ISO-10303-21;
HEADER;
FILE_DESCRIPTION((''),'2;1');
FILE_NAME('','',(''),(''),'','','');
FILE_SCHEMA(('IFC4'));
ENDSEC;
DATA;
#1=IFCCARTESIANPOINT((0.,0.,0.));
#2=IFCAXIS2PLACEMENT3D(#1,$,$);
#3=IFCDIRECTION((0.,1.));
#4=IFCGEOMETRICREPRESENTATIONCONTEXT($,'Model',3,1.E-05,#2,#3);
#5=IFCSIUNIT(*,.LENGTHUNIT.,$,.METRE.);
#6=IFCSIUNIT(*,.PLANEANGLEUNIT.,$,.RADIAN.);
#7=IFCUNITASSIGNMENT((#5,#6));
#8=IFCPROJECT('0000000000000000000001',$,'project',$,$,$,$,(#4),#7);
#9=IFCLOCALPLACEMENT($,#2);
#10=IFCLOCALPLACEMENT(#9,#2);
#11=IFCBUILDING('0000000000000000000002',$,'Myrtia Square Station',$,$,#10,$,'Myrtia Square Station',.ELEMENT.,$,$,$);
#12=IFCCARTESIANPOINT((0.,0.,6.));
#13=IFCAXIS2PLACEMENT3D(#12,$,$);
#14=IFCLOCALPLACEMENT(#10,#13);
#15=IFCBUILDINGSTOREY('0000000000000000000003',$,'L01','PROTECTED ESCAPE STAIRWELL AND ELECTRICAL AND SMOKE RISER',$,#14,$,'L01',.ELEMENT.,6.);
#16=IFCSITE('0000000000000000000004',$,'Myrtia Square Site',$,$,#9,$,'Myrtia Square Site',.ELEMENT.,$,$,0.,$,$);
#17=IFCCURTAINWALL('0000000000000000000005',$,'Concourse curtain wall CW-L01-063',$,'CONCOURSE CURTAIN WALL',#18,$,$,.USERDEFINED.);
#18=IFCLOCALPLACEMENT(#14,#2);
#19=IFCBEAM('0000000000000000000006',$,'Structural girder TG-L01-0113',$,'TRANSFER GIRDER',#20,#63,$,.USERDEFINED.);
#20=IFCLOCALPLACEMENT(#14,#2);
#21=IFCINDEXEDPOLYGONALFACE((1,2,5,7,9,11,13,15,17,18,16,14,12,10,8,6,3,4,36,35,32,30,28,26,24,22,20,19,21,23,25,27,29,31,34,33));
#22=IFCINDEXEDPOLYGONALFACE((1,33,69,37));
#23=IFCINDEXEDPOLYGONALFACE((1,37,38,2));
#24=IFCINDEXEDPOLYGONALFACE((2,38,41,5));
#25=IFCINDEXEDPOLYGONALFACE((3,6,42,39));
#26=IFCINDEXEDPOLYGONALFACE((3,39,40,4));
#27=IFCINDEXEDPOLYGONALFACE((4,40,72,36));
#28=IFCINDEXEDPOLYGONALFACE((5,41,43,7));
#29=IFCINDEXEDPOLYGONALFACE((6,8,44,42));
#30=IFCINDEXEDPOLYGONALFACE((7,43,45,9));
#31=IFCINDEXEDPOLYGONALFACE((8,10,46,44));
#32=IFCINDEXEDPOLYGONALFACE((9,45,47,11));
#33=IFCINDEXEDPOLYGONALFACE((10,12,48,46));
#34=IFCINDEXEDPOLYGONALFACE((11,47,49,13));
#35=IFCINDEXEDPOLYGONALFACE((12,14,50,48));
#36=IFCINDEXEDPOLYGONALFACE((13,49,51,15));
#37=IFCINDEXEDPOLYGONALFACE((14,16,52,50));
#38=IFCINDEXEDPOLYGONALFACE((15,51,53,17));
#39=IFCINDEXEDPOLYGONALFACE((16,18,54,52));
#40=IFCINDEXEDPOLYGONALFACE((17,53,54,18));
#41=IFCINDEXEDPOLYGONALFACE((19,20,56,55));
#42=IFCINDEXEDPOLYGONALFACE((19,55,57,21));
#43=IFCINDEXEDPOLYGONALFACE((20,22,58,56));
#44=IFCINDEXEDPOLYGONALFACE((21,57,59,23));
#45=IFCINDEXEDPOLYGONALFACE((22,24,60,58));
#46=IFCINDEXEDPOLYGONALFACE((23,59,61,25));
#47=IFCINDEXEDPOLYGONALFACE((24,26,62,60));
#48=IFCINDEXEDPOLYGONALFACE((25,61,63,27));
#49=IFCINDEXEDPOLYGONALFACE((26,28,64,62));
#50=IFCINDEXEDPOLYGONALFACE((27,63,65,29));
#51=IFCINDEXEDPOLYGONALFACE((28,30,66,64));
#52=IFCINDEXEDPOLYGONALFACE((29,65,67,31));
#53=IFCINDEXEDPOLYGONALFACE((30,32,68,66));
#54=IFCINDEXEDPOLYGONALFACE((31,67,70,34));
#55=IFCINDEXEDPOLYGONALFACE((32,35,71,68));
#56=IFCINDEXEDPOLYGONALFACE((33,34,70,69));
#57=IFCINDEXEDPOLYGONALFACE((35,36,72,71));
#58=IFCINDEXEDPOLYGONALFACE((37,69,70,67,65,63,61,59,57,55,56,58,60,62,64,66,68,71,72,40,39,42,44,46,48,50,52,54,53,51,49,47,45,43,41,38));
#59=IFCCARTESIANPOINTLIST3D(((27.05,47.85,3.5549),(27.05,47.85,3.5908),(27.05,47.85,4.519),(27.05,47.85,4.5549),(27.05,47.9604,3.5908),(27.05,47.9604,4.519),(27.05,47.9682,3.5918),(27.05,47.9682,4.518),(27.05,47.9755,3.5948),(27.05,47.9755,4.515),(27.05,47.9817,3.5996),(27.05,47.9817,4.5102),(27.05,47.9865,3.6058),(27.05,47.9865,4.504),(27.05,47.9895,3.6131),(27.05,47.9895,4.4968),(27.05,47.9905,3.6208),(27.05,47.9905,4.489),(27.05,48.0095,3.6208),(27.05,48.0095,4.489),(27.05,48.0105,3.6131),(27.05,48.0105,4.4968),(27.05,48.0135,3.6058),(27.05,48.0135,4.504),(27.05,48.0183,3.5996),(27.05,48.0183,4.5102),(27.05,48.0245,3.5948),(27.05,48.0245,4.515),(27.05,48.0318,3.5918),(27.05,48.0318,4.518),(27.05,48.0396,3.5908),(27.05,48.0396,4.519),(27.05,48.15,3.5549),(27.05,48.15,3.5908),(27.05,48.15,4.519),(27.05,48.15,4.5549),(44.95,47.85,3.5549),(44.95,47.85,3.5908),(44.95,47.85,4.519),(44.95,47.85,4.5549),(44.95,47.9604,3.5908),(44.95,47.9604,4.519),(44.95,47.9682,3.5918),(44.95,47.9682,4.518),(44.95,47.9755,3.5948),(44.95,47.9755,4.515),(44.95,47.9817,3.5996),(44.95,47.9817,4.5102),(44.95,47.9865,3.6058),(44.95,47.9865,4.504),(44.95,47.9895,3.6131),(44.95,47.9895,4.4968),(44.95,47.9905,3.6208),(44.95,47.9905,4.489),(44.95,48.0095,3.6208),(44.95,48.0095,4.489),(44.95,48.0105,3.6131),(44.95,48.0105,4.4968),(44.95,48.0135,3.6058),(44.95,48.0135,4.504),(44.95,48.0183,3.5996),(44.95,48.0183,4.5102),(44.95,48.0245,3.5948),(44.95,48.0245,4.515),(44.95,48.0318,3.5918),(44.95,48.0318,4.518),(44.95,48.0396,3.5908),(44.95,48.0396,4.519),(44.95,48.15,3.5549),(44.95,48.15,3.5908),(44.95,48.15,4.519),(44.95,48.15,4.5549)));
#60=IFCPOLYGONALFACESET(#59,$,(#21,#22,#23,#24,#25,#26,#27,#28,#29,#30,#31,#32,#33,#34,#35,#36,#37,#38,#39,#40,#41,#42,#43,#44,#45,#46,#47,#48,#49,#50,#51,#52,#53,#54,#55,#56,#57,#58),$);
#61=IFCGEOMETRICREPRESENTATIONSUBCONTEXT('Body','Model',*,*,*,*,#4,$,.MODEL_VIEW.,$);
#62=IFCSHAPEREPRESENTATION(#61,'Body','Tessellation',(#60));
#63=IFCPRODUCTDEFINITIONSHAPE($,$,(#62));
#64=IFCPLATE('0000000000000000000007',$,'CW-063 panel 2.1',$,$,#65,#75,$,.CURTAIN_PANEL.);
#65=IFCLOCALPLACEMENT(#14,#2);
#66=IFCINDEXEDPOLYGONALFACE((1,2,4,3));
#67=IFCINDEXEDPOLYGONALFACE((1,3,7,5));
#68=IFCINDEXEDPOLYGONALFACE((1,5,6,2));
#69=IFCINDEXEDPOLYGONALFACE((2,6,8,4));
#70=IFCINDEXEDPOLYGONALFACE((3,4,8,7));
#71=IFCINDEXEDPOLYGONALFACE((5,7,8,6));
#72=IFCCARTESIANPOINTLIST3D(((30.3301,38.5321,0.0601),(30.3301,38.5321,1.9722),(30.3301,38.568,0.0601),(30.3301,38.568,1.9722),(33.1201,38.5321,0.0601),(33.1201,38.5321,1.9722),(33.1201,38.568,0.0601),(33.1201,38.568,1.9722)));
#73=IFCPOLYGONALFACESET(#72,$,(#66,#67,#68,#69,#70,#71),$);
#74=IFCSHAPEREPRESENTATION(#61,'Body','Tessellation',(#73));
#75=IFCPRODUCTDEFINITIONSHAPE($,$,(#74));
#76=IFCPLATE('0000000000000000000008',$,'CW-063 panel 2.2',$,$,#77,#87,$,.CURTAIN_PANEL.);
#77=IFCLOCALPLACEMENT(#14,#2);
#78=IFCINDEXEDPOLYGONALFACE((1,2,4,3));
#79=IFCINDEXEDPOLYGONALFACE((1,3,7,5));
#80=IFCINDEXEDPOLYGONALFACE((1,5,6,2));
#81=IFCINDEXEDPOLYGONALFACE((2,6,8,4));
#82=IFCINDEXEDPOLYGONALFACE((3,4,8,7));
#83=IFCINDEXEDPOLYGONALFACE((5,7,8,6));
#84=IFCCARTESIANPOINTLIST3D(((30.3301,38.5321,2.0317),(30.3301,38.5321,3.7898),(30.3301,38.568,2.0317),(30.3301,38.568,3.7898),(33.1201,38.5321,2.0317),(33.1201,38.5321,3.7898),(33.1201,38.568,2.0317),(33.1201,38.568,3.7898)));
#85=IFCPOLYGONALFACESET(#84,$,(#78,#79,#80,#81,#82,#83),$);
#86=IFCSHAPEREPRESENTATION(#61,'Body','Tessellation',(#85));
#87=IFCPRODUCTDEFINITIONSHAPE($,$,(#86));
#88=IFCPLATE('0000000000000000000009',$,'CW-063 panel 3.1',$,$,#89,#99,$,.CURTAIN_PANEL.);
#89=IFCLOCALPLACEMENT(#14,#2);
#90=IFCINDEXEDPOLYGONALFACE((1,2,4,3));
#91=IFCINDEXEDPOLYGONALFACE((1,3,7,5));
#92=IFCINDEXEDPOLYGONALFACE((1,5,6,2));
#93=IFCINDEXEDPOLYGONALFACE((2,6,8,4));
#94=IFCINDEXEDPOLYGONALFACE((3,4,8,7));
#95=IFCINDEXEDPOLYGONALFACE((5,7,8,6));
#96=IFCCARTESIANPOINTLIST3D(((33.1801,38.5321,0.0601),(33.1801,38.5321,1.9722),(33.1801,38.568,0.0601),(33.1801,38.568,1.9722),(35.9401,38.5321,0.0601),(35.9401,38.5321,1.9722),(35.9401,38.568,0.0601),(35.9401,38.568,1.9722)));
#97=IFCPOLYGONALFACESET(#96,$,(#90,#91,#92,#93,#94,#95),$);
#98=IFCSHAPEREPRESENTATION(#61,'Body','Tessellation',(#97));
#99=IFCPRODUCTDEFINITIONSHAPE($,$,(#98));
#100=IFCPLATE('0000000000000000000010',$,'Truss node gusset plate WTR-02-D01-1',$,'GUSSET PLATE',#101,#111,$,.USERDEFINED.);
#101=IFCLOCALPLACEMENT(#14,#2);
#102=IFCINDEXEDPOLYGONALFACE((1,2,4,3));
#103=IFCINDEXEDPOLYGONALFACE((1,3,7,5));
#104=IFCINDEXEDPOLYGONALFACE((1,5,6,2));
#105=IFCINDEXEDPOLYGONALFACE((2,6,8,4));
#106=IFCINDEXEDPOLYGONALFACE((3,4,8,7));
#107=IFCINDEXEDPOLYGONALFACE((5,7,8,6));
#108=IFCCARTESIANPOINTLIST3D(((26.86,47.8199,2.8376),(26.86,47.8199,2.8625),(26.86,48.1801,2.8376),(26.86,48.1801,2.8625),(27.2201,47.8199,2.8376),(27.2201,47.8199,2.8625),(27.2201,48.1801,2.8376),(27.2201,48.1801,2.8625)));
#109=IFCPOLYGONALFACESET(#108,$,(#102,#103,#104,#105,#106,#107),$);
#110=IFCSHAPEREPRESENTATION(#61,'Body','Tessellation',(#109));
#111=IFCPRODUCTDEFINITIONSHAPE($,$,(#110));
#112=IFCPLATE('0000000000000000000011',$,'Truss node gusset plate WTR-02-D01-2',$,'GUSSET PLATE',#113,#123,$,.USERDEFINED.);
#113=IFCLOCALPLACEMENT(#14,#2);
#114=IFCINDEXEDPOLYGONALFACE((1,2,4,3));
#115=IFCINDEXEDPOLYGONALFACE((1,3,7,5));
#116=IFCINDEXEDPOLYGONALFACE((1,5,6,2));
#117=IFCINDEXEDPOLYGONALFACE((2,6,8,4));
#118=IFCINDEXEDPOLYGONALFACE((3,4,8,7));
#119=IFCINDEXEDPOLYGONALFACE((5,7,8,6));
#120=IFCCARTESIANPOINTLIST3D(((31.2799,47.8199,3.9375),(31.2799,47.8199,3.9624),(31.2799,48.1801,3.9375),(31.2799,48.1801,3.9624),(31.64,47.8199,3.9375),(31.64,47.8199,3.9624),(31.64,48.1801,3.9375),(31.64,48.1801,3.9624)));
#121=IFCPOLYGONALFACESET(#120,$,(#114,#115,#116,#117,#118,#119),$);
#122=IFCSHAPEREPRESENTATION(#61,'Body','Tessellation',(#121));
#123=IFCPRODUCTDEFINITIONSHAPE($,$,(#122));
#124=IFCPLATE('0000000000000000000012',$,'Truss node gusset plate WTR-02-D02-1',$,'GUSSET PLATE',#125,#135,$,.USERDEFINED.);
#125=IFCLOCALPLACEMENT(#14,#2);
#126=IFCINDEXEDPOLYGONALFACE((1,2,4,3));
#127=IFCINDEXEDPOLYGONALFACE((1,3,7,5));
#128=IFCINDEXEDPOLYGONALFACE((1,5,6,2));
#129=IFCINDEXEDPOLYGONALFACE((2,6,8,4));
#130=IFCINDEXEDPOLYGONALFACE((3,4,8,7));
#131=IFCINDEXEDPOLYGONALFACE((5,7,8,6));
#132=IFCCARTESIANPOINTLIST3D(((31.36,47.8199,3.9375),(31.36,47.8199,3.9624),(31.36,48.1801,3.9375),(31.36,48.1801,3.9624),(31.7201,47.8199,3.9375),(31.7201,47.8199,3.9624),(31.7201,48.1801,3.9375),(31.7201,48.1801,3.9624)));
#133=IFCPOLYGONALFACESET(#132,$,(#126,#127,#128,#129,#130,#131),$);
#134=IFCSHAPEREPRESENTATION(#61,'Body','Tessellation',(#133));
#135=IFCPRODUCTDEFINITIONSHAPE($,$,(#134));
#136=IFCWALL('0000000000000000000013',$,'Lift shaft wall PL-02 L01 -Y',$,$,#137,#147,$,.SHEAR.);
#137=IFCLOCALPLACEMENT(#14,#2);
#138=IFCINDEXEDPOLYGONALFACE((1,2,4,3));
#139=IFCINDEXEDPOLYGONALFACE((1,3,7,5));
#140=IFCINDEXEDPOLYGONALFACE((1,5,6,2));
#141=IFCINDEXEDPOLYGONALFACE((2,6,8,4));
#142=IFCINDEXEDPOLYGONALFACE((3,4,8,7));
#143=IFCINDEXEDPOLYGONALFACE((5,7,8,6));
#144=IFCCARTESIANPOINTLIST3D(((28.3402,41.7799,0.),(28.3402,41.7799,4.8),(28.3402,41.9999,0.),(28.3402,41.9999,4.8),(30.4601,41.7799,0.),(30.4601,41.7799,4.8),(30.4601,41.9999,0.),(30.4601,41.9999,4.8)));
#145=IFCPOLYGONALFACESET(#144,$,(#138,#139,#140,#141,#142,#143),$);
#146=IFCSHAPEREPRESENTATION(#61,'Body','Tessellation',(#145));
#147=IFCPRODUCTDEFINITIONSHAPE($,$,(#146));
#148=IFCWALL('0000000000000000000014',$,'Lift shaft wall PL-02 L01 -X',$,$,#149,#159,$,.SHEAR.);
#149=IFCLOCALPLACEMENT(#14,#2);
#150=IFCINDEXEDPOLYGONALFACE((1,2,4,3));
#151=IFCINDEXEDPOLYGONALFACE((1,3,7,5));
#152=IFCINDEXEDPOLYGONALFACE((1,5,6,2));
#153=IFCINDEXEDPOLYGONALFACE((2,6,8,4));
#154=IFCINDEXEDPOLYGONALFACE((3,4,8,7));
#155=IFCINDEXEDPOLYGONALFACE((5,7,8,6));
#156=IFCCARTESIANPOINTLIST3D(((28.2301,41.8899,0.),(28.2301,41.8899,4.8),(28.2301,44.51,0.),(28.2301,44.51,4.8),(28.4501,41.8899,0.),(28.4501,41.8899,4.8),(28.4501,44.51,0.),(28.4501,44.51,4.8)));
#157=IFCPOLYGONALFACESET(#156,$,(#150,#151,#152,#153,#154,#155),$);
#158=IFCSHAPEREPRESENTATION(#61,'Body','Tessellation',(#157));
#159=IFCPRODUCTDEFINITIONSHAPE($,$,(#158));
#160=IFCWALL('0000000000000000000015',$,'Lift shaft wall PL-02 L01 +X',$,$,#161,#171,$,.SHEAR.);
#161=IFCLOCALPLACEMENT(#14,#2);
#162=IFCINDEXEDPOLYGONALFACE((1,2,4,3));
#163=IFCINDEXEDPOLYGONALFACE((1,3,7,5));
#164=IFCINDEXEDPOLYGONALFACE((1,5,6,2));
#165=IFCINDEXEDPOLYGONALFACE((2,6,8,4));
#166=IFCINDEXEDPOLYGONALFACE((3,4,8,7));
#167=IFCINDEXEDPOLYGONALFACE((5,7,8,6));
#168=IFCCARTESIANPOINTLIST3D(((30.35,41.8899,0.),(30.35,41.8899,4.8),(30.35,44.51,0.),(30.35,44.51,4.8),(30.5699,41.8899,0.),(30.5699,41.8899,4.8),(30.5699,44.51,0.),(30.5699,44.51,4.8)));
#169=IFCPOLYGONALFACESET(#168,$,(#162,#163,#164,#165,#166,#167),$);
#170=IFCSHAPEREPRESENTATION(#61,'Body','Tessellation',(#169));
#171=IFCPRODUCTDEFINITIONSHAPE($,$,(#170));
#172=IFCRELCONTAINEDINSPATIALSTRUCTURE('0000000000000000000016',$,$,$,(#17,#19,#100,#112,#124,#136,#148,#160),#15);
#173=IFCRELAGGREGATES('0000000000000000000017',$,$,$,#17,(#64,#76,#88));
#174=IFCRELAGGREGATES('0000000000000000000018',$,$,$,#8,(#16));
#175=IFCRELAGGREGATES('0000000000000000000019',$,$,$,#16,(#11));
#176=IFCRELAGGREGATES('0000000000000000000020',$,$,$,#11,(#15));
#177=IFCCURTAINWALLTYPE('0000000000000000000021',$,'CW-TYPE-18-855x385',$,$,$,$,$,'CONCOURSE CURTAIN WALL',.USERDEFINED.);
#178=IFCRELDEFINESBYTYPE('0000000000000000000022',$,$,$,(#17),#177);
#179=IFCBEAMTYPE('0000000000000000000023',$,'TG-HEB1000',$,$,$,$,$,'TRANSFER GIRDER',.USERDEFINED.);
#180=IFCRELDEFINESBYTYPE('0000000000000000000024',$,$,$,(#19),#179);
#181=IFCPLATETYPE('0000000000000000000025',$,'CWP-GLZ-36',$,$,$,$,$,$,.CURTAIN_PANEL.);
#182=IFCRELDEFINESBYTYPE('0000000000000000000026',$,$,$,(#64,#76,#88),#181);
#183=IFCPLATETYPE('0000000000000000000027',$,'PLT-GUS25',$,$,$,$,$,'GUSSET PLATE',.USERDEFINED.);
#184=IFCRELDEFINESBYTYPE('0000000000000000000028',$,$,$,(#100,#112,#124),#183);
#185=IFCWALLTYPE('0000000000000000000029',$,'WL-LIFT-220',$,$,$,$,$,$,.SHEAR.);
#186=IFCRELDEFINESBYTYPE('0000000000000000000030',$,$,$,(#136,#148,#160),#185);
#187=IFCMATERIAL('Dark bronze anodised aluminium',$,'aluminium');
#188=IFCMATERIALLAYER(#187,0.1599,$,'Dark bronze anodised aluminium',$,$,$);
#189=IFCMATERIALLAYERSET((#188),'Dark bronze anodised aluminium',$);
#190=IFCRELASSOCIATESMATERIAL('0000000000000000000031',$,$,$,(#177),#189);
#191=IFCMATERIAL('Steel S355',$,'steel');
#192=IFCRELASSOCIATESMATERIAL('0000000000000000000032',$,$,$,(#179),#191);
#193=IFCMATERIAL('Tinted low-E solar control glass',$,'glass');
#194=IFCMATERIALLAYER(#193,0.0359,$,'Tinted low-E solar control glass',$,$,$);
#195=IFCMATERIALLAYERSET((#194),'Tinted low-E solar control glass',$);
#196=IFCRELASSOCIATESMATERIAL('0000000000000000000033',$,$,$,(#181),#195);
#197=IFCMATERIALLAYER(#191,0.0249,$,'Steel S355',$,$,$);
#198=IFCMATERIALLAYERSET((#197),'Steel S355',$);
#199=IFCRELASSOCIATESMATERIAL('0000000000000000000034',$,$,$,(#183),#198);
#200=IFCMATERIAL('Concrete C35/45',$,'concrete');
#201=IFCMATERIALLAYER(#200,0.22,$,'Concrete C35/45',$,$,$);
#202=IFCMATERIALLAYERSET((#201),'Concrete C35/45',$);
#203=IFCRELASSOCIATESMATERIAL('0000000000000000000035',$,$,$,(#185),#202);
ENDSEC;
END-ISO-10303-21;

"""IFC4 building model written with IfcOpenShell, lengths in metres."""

from ifc_helpers import new_model, si_unit, direction, frame, frame_2d, origin, origin_2d, place, context, subcontext, project, spatial, rectangle, i_section, extrude, material, layer, layer_set, material_profile, profile_set, type_object, element, aggregate, save


model = new_model("IFC4")

# Units and contexts
model_context = context("Model", 3, precision=1e-05, world=origin(), true_north=direction((0.0, 1.0)))
body_context = subcontext(model_context, "Body", "Model", "MODEL_VIEW")
ifc_project = project(units=[si_unit("LENGTHUNIT", "METRE"), si_unit("PLANEANGLEUNIT", "RADIAN")], contexts=[model_context])

# Site, building, storey
site_placement = place(None, origin())
site = spatial("IfcSite", under=ifc_project, at=site_placement, Name="Myrtia Square Site", LongName="Myrtia Square Site", CompositionType="ELEMENT", RefElevation=0.0)
building_placement = place(site_placement, origin())
building = spatial("IfcBuilding", under=site, at=building_placement, Name="Myrtia Square Station", LongName="Myrtia Square Station", CompositionType="ELEMENT")
storey_placement = place(building_placement, frame((0.0, 0.0, 6.0)))
storey = spatial("IfcBuildingStorey", under=building, at=storey_placement, Name="L01", Description="PROTECTED ESCAPE STAIRWELL AND ELECTRICAL AND SMOKE RISER", LongName="L01", CompositionType="ELEMENT", Elevation=6.0)

# Shared definitions
ifc_material_1 = material(Name="Steel S355", Category="steel")

# Curtain wall
ifc_material_2 = material(Name="Dark bronze anodised aluminium", Category="aluminium")
ifc_layer_1 = layer(ifc_material_2, 0.1599, Name="Dark bronze anodised aluminium")
ifc_layer_set_1 = layer_set([ifc_layer_1], Name="Dark bronze anodised aluminium")
curtain_wall_type = type_object("IfcCurtainWallType", Name="CW-TYPE-18-855x385", ElementType="CONCOURSE CURTAIN WALL", PredefinedType="USERDEFINED", material=ifc_layer_set_1)
curtain_wall_placement = place(storey_placement, origin())
curtain_wall = element("IfcCurtainWall", 1, at=curtain_wall_placement, inside=storey, type_object=curtain_wall_type, Name="Concourse curtain wall CW-L01-063", ObjectType="CONCOURSE CURTAIN WALL", PredefinedType="USERDEFINED")

# Beam
ifc_material_profile_1 = material_profile(ifc_material_1, i_section(OverallWidth=0.3, OverallDepth=1.0, WebThickness=0.019, FlangeThickness=0.0359, FilletRadius=0.03, at=origin_2d()), Name="HEB 1000")
ifc_profile_set_1 = profile_set([ifc_material_profile_1], Name="Steel S355")
beam_type_1 = type_object("IfcBeamType", Name="TG-HEB1000", ElementType="TRANSFER GIRDER", PredefinedType="USERDEFINED", material=ifc_profile_set_1)
beam_1_placement = place(storey_placement, frame((27.05, 48.0, 4.0549), z_axis=(1.0, 0.0, 0.0), x_axis=(0.0, 1.0, 0.0)))
element("IfcBeam", 2, at=beam_1_placement, inside=storey, type_object=beam_type_1, Name="Structural girder TG-L01-0113", ObjectType="TRANSFER GIRDER", PredefinedType="USERDEFINED", context=body_context, shape_type="SweptSolid", body=[
    extrude(i_section(OverallWidth=0.3, OverallDepth=1.0, WebThickness=0.019, FlangeThickness=0.0359, FilletRadius=0.03, at=origin_2d()), origin(), (0.0, 0.0, 1.0), 17.8999),
])

# Plates
ifc_material_3 = material(Name="Tinted low-E solar control glass", Category="glass")
ifc_layer_2 = layer(ifc_material_3, 0.0359, Name="Tinted low-E solar control glass")
ifc_layer_set_2 = layer_set([ifc_layer_2], Name="Tinted low-E solar control glass")
plate_type_1 = type_object("IfcPlateType", Name="CWP-GLZ-36", PredefinedType="CURTAIN_PANEL", material=ifc_layer_set_2)
plate_1_placement = place(storey_placement, frame((31.7251, 38.55, 0.0601), z_axis=(0.0, 0.0, 1.0), x_axis=(1.0, 0.0, 0.0)))
plate_1 = element("IfcPlate", 3, at=plate_1_placement, type_object=plate_type_1, Name="CW-063 panel 2.1", PredefinedType="CURTAIN_PANEL", context=body_context, shape_type="SweptSolid", body=[
    extrude(rectangle(XDim=2.79, YDim=0.0359, at=origin_2d()), origin(), (0.0, 0.0, 1.0), 1.9121),
])
plate_2_placement = place(storey_placement, frame((31.7251, 38.55, 2.0317), z_axis=(0.0, 0.0, 1.0), x_axis=(1.0, 0.0, 0.0)))
plate_2 = element("IfcPlate", 4, at=plate_2_placement, type_object=plate_type_1, Name="CW-063 panel 2.2", PredefinedType="CURTAIN_PANEL", context=body_context, shape_type="SweptSolid", body=[
    extrude(rectangle(XDim=2.79, YDim=0.0359, at=origin_2d()), origin(), (0.0, 0.0, 1.0), 1.7581),
])
plate_3_placement = place(storey_placement, frame((34.5601, 38.55, 0.0601), z_axis=(0.0, 0.0, 1.0), x_axis=(1.0, 0.0, 0.0)))
plate_3 = element("IfcPlate", 5, at=plate_3_placement, type_object=plate_type_1, Name="CW-063 panel 3.1", PredefinedType="CURTAIN_PANEL", context=body_context, shape_type="SweptSolid", body=[
    extrude(rectangle(XDim=2.76, YDim=0.0359, at=origin_2d()), origin(), (0.0, 0.0, 1.0), 1.9121),
])
aggregate(curtain_wall, [plate_1, plate_2, plate_3])

# Plates
ifc_layer_3 = layer(ifc_material_1, 0.0249, Name="Steel S355")
ifc_layer_set_3 = layer_set([ifc_layer_3], Name="Steel S355")
plate_type_2 = type_object("IfcPlateType", Name="PLT-GUS25", ElementType="GUSSET PLATE", PredefinedType="USERDEFINED", material=ifc_layer_set_3)
for number, where, z_axis, x_axis, name in (
    (6, (27.04, 48.0, 2.8376), (0.0, 0.0, 1.0), (1.0, 0.0, 0.0), "Truss node gusset plate WTR-02-D01-1"),
    (7, (31.46, 48.0, 3.9375), (0.0, 0.0, 1.0), (1.0, 0.0, 0.0), "Truss node gusset plate WTR-02-D01-2"),
    (8, (31.54, 48.0, 3.9375), (0.0, 0.0, 1.0), (1.0, 0.0, 0.0), "Truss node gusset plate WTR-02-D02-1"),
):
    element("IfcPlate", number, at=place(storey_placement, frame(where, z_axis=z_axis, x_axis=x_axis)), inside=storey, type_object=plate_type_2, Name=name, ObjectType="GUSSET PLATE", PredefinedType="USERDEFINED", context=body_context, shape_type="SweptSolid", body=[
        extrude(rectangle(XDim=0.3601, YDim=0.3601, at=origin_2d()), origin(), (0.0, 0.0, 1.0), 0.0249),
    ])

# Wall
ifc_material_4 = material(Name="Concrete C35/45", Category="concrete")
ifc_layer_4 = layer(ifc_material_4, 0.22, Name="Concrete C35/45")
ifc_layer_set_4 = layer_set([ifc_layer_4], Name="Concrete C35/45")
wall_type = type_object("IfcWallType", Name="WL-LIFT-220", PredefinedType="SHEAR", material=ifc_layer_set_4)
wall_1_placement = place(storey_placement, frame((28.3401, 41.8899, 0.0), z_axis=(0.0, 0.0, 1.0), x_axis=(1.0, 0.0, 0.0)))
element("IfcWall", 9, at=wall_1_placement, inside=storey, type_object=wall_type, Name="Lift shaft wall PL-02 L01 -Y", PredefinedType="SHEAR", context=body_context, shape_type="SweptSolid", body=[
    extrude(rectangle(XDim=2.1199, YDim=0.22, at=frame_2d((1.0601, 0.0))), origin(), (0.0, 0.0, 1.0), 4.8),
])

# Walls
for number, where, z_axis, x_axis, name in (
    (10, (28.3401, 41.8899, 0.0), (0.0, 0.0, 1.0), (0.0, 1.0, 0.0), "Lift shaft wall PL-02 L01 -X"),
    (11, (30.46, 41.8899, 0.0), (0.0, 0.0, 1.0), (0.0, 1.0, 0.0), "Lift shaft wall PL-02 L01 +X"),
):
    element("IfcWall", number, at=place(storey_placement, frame(where, z_axis=z_axis, x_axis=x_axis)), inside=storey, type_object=wall_type, Name=name, PredefinedType="SHEAR", context=body_context, shape_type="SweptSolid", body=[
        extrude(rectangle(XDim=2.6201, YDim=0.22, at=frame_2d((1.3101, 0.0))), origin(), (0.0, 0.0, 1.0), 4.8),
    ])

save(model, "model.ifc")
